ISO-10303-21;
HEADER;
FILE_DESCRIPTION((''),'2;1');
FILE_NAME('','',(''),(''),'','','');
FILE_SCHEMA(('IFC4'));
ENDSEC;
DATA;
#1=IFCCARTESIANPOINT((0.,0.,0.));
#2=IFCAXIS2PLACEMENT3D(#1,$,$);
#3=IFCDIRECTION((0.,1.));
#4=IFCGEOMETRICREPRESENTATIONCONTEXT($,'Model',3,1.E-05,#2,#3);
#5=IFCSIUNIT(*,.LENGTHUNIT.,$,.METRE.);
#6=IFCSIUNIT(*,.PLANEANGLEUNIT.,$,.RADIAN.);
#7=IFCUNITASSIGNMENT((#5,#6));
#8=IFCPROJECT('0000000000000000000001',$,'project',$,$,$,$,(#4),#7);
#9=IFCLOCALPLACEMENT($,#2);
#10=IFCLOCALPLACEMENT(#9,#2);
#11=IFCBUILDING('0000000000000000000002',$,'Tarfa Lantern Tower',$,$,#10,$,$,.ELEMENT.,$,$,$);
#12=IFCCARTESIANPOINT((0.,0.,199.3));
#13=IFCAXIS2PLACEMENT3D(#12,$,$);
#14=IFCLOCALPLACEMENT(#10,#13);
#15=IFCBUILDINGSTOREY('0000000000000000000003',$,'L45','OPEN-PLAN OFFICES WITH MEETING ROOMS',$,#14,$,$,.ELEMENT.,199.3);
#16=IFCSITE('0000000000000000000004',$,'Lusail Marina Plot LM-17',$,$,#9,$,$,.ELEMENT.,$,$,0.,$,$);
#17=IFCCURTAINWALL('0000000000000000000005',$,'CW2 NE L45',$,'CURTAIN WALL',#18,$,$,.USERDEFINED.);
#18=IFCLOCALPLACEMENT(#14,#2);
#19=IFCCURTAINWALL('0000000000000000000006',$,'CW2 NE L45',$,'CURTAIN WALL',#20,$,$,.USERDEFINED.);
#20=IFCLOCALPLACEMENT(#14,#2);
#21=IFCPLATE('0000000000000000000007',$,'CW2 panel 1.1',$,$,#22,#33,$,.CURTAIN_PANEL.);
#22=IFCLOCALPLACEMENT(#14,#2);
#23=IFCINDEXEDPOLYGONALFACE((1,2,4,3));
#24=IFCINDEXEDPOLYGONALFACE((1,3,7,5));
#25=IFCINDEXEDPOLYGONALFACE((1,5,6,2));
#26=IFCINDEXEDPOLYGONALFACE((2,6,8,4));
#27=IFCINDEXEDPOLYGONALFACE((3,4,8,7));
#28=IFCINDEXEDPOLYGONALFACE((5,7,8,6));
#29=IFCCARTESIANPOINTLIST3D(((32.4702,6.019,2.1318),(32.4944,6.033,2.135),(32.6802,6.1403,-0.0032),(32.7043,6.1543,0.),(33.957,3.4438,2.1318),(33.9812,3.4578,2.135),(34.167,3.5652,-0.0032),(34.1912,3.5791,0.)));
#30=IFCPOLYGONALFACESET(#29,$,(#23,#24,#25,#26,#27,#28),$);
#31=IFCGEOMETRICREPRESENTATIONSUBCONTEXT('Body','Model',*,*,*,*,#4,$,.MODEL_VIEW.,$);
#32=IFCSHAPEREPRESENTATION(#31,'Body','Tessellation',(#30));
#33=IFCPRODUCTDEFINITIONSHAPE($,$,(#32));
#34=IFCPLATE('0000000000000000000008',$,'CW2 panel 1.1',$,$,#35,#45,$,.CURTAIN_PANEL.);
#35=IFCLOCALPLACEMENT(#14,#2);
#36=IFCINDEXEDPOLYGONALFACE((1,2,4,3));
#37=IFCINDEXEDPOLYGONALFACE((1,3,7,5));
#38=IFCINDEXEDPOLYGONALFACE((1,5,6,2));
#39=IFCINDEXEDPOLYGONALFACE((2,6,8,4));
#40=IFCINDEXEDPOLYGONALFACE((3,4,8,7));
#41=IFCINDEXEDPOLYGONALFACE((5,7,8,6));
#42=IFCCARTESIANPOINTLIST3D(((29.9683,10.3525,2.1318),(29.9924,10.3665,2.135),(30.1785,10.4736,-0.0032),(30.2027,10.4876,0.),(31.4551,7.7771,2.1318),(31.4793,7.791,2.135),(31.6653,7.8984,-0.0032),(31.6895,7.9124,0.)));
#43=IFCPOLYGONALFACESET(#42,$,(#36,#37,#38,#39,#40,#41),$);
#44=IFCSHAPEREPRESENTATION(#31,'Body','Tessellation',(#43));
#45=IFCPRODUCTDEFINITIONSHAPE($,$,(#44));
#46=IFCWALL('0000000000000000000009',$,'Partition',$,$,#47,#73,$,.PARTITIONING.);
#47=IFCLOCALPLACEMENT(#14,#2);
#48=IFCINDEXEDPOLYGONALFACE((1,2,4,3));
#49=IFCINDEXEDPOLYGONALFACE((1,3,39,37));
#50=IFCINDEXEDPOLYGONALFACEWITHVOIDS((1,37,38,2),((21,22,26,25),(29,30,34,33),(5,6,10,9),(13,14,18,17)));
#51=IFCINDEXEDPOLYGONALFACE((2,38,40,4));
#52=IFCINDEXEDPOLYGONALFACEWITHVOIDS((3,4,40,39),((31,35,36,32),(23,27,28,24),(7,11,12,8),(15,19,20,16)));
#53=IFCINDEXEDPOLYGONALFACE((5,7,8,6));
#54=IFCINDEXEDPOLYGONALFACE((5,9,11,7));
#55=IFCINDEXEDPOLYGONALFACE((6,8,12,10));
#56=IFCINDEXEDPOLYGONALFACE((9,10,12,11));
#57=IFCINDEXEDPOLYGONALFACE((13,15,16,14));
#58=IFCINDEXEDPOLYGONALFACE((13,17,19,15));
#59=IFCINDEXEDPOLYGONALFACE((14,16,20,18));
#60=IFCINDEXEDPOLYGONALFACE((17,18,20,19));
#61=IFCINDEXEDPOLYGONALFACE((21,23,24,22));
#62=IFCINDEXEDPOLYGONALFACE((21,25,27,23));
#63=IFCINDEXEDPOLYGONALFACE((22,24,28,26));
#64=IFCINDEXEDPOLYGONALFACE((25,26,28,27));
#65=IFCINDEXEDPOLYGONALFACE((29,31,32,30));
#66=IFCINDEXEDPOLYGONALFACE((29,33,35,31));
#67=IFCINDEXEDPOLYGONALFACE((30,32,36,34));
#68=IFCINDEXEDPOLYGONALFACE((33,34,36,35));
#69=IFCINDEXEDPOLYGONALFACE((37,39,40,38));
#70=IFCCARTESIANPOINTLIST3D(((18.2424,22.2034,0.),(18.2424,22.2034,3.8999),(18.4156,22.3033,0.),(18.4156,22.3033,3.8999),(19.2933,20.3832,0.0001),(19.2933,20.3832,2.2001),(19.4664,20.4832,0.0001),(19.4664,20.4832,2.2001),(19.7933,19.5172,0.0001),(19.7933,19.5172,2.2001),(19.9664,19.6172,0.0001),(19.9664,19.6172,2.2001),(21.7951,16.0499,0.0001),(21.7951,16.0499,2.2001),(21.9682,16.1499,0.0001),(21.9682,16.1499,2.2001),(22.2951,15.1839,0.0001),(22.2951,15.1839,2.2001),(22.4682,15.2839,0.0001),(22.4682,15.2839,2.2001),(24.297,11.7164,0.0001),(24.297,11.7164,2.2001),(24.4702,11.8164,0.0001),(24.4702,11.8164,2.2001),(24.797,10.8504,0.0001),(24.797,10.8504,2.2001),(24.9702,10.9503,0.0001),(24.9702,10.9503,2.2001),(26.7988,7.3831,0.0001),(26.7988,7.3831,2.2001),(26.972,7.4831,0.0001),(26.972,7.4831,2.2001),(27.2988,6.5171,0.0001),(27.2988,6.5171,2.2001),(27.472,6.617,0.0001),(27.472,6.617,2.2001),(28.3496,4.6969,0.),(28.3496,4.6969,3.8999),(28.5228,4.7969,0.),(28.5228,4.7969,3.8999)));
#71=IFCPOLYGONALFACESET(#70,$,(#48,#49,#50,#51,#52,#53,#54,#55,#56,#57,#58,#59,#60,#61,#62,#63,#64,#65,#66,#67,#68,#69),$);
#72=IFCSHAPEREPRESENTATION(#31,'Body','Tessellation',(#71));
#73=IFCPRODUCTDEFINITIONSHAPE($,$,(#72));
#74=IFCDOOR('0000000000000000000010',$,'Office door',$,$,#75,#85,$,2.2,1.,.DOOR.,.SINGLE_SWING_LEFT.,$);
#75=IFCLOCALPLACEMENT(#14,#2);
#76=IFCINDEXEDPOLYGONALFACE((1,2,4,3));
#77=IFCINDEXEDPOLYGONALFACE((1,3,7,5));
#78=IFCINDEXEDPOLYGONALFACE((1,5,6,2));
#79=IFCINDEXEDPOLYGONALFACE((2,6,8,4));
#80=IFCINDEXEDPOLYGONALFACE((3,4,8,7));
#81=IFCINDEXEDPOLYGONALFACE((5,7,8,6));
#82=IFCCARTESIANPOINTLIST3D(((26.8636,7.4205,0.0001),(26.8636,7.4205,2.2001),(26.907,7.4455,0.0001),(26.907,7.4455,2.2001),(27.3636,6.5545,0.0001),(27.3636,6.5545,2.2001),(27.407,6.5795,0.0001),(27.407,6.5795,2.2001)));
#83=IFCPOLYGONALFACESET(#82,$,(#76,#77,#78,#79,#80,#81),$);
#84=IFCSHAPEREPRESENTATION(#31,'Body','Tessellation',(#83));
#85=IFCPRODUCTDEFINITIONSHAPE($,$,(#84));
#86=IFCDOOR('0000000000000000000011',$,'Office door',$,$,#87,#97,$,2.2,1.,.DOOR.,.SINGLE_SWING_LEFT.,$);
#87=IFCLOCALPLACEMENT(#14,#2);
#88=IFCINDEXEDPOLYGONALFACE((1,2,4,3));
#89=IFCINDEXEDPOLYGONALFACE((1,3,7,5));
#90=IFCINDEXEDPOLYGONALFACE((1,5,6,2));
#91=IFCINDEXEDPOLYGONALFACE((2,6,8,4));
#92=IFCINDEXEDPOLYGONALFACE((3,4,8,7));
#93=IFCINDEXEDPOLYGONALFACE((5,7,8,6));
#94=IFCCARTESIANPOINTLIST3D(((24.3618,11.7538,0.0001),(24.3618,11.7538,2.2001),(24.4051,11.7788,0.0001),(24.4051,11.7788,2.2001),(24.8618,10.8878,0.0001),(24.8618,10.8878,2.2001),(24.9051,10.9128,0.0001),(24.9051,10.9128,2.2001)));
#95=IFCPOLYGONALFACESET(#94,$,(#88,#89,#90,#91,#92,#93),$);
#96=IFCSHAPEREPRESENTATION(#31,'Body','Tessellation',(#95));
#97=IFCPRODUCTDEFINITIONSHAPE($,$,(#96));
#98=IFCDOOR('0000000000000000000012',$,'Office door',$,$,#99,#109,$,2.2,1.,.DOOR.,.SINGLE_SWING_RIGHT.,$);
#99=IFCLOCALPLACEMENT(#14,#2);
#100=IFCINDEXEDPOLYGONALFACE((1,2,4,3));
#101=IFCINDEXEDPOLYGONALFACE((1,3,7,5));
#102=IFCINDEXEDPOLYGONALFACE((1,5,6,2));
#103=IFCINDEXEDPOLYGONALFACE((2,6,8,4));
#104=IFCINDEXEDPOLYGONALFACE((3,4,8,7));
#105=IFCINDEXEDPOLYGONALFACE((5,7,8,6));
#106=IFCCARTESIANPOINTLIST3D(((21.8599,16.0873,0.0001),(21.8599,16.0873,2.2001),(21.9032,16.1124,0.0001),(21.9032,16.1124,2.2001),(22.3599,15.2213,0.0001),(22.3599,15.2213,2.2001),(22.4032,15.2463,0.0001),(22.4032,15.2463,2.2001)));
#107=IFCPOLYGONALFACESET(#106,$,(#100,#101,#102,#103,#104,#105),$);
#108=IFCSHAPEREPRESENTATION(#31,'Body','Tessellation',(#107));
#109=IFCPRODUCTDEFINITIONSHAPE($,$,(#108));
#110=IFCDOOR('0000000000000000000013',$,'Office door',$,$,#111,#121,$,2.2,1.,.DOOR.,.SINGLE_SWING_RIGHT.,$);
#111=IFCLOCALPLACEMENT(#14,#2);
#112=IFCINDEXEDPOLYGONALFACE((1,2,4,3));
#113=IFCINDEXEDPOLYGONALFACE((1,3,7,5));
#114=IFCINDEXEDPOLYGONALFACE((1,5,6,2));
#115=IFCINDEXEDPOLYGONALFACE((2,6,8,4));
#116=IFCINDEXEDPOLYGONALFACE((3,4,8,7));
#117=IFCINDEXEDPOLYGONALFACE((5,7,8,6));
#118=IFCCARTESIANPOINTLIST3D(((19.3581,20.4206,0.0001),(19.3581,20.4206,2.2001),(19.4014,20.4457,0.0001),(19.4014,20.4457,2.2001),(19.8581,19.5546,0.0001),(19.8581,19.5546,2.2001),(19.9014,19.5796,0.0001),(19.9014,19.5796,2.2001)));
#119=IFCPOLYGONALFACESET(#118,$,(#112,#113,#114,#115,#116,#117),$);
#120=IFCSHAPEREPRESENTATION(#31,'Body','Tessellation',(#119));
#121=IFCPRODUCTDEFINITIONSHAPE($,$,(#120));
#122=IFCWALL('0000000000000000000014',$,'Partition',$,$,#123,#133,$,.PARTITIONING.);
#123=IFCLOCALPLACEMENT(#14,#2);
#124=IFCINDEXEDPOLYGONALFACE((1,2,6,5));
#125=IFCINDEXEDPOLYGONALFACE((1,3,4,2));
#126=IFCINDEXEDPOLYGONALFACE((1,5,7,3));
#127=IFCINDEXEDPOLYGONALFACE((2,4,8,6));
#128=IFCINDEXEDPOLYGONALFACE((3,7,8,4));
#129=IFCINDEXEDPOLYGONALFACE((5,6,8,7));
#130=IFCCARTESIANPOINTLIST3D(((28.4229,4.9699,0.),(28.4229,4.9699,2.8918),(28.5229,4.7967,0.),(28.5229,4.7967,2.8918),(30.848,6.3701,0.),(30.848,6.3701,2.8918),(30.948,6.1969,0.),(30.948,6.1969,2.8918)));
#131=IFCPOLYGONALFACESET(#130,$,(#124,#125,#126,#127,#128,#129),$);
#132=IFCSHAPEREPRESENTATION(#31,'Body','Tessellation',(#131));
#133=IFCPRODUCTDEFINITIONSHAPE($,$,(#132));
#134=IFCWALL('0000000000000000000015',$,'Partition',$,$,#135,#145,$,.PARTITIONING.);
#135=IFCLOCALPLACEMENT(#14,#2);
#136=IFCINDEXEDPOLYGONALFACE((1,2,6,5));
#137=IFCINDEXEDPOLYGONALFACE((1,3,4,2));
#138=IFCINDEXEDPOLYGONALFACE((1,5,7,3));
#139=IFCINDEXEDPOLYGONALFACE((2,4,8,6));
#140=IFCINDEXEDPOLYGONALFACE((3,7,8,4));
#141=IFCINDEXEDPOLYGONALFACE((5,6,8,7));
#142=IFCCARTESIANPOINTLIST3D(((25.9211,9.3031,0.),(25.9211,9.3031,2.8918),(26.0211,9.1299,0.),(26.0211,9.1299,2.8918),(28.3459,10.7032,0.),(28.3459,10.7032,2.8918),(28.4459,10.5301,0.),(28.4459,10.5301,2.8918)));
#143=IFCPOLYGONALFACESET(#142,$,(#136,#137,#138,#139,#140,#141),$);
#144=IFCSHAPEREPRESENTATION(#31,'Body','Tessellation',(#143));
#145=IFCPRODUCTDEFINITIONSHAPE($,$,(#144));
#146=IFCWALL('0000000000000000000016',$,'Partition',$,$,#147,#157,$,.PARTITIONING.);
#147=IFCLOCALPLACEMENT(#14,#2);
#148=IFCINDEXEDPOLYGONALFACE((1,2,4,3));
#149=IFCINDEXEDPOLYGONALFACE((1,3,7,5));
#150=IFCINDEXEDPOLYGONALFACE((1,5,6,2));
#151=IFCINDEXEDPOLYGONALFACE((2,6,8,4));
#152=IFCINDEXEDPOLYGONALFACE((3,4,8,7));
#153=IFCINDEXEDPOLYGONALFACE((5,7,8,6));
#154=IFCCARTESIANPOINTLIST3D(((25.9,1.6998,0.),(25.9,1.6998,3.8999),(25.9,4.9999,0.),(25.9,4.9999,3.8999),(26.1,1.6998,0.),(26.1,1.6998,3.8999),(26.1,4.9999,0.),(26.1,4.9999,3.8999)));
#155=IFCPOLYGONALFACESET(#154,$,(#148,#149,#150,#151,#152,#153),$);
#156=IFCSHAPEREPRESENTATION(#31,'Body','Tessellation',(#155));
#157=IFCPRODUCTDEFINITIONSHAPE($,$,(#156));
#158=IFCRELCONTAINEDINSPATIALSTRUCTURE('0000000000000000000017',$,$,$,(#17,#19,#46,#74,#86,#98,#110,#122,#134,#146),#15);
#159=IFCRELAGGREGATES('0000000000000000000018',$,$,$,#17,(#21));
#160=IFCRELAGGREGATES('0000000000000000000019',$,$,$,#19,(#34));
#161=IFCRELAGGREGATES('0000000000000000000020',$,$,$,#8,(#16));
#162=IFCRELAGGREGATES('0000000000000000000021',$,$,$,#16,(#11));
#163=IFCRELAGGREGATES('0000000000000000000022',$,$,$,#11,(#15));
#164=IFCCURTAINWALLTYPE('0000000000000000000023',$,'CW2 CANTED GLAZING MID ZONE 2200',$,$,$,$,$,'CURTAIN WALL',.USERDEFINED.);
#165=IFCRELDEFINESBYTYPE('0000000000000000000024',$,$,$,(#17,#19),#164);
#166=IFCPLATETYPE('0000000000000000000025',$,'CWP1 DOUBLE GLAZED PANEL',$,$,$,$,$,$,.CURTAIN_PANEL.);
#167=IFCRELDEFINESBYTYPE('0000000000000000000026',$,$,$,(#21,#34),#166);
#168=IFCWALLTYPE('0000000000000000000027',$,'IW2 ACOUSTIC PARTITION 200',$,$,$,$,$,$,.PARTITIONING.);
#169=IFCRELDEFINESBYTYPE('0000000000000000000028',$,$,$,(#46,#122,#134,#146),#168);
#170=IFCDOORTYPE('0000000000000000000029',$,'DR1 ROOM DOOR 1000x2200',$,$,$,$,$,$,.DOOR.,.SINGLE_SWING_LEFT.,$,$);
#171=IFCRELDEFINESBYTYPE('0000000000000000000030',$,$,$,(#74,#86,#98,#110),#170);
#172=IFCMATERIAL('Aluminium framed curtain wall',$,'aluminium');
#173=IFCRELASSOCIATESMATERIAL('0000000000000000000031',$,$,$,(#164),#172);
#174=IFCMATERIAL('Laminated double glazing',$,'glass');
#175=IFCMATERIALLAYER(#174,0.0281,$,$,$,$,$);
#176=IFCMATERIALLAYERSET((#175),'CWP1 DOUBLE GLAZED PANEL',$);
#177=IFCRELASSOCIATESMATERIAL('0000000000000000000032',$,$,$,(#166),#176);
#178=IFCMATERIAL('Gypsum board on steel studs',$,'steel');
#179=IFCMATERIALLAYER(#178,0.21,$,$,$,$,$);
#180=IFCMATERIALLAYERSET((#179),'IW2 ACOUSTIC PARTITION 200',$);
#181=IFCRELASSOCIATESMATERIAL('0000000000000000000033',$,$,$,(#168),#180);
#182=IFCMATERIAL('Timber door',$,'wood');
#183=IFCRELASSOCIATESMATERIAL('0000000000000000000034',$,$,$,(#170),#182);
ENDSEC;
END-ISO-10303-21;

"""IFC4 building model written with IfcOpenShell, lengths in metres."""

from ifc_helpers import new_model, si_unit, direction, frame, frame_2d, origin, place, context, subcontext, project, spatial, polyline, rectangle, outline, extrude, material, layer, layer_set, type_object, element, fill, aggregate, save


model = new_model("IFC4")

# Units and contexts
model_context = context("Model", 3, precision=1e-05, world=origin(), true_north=direction((0.0, 1.0)))
body_context = subcontext(model_context, "Body", "Model", "MODEL_VIEW")
ifc_project = project(units=[si_unit("LENGTHUNIT", "METRE"), si_unit("PLANEANGLEUNIT", "RADIAN")], contexts=[model_context])

# Site, building, storey
site_placement = place(None, origin())
site = spatial("IfcSite", under=ifc_project, at=site_placement, Name="Lusail Marina Plot LM-17", CompositionType="ELEMENT", RefElevation=0.0)
building_placement = place(site_placement, origin())
building = spatial("IfcBuilding", under=site, at=building_placement, Name="Tarfa Lantern Tower", CompositionType="ELEMENT")
storey_placement = place(building_placement, frame((0.0, 0.0, 199.3)))
storey = spatial("IfcBuildingStorey", under=building, at=storey_placement, Name="L45", Description="OPEN-PLAN OFFICES WITH MEETING ROOMS", CompositionType="ELEMENT", Elevation=199.3)

# Curtain walls
ifc_material_1 = material(Name="Aluminium framed curtain wall", Category="aluminium")
curtain_wall_type_1 = type_object("IfcCurtainWallType", Name="CW2 CANTED GLAZING MID ZONE 2200", ElementType="CURTAIN WALL", PredefinedType="USERDEFINED", material=ifc_material_1)
curtain_wall_1_placement = place(storey_placement, origin())
curtain_wall_1 = element("IfcCurtainWall", 1, at=curtain_wall_1_placement, inside=storey, type_object=curtain_wall_type_1, Name="CW2 NE L45", ObjectType="CURTAIN WALL", PredefinedType="USERDEFINED")
curtain_wall_2_placement = place(storey_placement, origin())
curtain_wall_2 = element("IfcCurtainWall", 2, at=curtain_wall_2_placement, inside=storey, type_object=curtain_wall_type_1, Name="CW2 NE L45", ObjectType="CURTAIN WALL", PredefinedType="USERDEFINED")

# Plates
ifc_material_2 = material(Name="Laminated double glazing", Category="glass")
ifc_layer_1 = layer(ifc_material_2, 0.0281)
ifc_layer_set_1 = layer_set([ifc_layer_1], Name="CWP1 DOUBLE GLAZED PANEL")
plate_type = type_object("IfcPlateType", Name="CWP1 DOUBLE GLAZED PANEL", PredefinedType="CURTAIN_PANEL", material=ifc_layer_set_1)
plate_1_placement = place(storey_placement, frame((34.1912, 3.5791, 0.0), z_axis=(0.860489, 0.496812, 0.112857), x_axis=(-0.500007, 0.866022, 0.0)))
plate_1 = element("IfcPlate", 3, at=plate_1_placement, type_object=plate_type, Name="CW2 panel 1.1", PredefinedType="CURTAIN_PANEL", context=body_context, shape_type="SweptSolid", body=[
    extrude(outline(polyline([(0.0, 0.0), (2.9736, 0.0), (2.9735, 2.1487), (-0.0001, 2.1487), (0.0, 0.0)])), origin(), (0.0, 0.0, -1.0), 0.0281),
])
aggregate(curtain_wall_1, [plate_1])
plate_2_placement = place(storey_placement, frame((31.6895, 7.9124, 0.0), z_axis=(0.860492, 0.496791, 0.112926), x_axis=(-0.499989, 0.866032, 0.000002)))
plate_2 = element("IfcPlate", 4, at=plate_2_placement, type_object=plate_type, Name="CW2 panel 1.1", PredefinedType="CURTAIN_PANEL", context=body_context, shape_type="SweptSolid", body=[
    extrude(outline(polyline([(0.0, 0.0), (2.9736, 0.0), (2.9738, 2.1487), (0.0, 2.1488), (0.0, 0.0)])), origin(), (0.0, 0.0, -1.0), 0.0281),
])
aggregate(curtain_wall_2, [plate_2])

# Wall, openings, doors
ifc_material_3 = material(Name="Gypsum board on steel studs", Category="steel")
ifc_layer_2 = layer(ifc_material_3, 0.21)
ifc_layer_set_2 = layer_set([ifc_layer_2], Name="IW2 ACOUSTIC PARTITION 200")
wall_type = type_object("IfcWallType", Name="IW2 ACOUSTIC PARTITION 200", PredefinedType="PARTITIONING", material=ifc_layer_set_2)
wall_1_placement = place(storey_placement, frame((28.4363, 4.7468, 0.0), z_axis=(0.0, 0.0, 1.0), x_axis=(-0.499996, 0.866028, 0.0)))
wall_1 = element("IfcWall", 5, at=wall_1_placement, inside=storey, type_object=wall_type, Name="Partition", PredefinedType="PARTITIONING", context=body_context, shape_type="SweptSolid", body=[
    extrude(rectangle(XDim=20.2146, YDim=0.2, at=frame_2d((10.1074, 0.0))), origin(), (0.0, 0.0, 1.0), 3.8999),
])
opening_1_placement = place(wall_1_placement, frame((2.1018, 0.0, 0.0)))
opening_1 = element("IfcOpeningElement", 6, at=opening_1_placement, cuts=wall_1, PredefinedType="OPENING", context=body_context, shape_type="SweptSolid", body=[
    extrude(rectangle(XDim=1.0, YDim=2.2, at=frame_2d((0.5, 1.1001))), frame((0.0, 0.1099, 0.0), z_axis=(0.0, -1.0, 0.0), x_axis=(1.0, 0.0, 0.0)), (0.0, 0.0, 1.0), 0.22),
])
opening_2_placement = place(wall_1_placement, frame((7.1055, 0.0, 0.0)))
opening_2 = element("IfcOpeningElement", 7, at=opening_2_placement, cuts=wall_1, PredefinedType="OPENING", context=body_context, shape_type="SweptSolid", body=[
    extrude(rectangle(XDim=1.0, YDim=2.2, at=frame_2d((0.5, 1.1001))), frame((0.0, 0.1099, 0.0), z_axis=(0.0, -1.0, 0.0), x_axis=(1.0, 0.0, 0.0)), (0.0, 0.0, 1.0), 0.22),
])
opening_3_placement = place(wall_1_placement, frame((12.1094, 0.0, 0.0)))
opening_3 = element("IfcOpeningElement", 8, at=opening_3_placement, cuts=wall_1, PredefinedType="OPENING", context=body_context, shape_type="SweptSolid", body=[
    extrude(rectangle(XDim=1.0, YDim=2.2, at=frame_2d((0.5, 1.1001))), frame((0.0, 0.1099, 0.0), z_axis=(0.0, -1.0, 0.0), x_axis=(1.0, 0.0, 0.0)), (0.0, 0.0, 1.0), 0.22),
])
opening_4_placement = place(wall_1_placement, frame((17.113, 0.0, 0.0)))
opening_4 = element("IfcOpeningElement", 9, at=opening_4_placement, cuts=wall_1, PredefinedType="OPENING", context=body_context, shape_type="SweptSolid", body=[
    extrude(rectangle(XDim=1.0, YDim=2.2, at=frame_2d((0.5, 1.1001))), frame((0.0, 0.1099, 0.0), z_axis=(0.0, -1.0, 0.0), x_axis=(1.0, 0.0, 0.0)), (0.0, 0.0, 1.0), 0.22),
])
ifc_material_4 = material(Name="Timber door", Category="wood")
door_type = type_object("IfcDoorType", Name="DR1 ROOM DOOR 1000x2200", OperationType="SINGLE_SWING_LEFT", PredefinedType="DOOR", material=ifc_material_4)
door_1_placement = place(opening_1_placement, frame((1.0, 0.0, 0.0), z_axis=(0.0, 0.0, 1.0), x_axis=(-1.0, 0.0, 0.0)))
door_1 = element("IfcDoor", 10, at=door_1_placement, inside=storey, type_object=door_type, Name="Office door", OperationType="SINGLE_SWING_LEFT", OverallHeight=2.2, OverallWidth=1.0, PredefinedType="DOOR", context=body_context, shape_type="SweptSolid", body=[
    extrude(rectangle(XDim=1.0, YDim=2.2, at=frame_2d((0.5, 1.1001))), frame((0.0, 0.0249, 0.0), z_axis=(0.0, -1.0, 0.0), x_axis=(1.0, 0.0, 0.0)), (0.0, 0.0, 1.0), 0.05),
])
fill(opening_1, door_1)
door_2_placement = place(opening_2_placement, frame((1.0, 0.0, 0.0), z_axis=(0.0, 0.0, 1.0), x_axis=(-1.0, 0.0, 0.0)))
door_2 = element("IfcDoor", 11, at=door_2_placement, inside=storey, type_object=door_type, Name="Office door", OperationType="SINGLE_SWING_LEFT", OverallHeight=2.2, OverallWidth=1.0, PredefinedType="DOOR", context=body_context, shape_type="SweptSolid", body=[
    extrude(rectangle(XDim=1.0, YDim=2.2, at=frame_2d((0.5, 1.1001))), frame((0.0, 0.0249, 0.0), z_axis=(0.0, -1.0, 0.0), x_axis=(1.0, 0.0, 0.0)), (0.0, 0.0, 1.0), 0.05),
])
fill(opening_2, door_2)
door_3_placement = place(opening_3_placement, frame((1.0, 0.0, 0.0), z_axis=(0.0, 0.0, 1.0), x_axis=(-1.0, 0.0, 0.0)))
door_3 = element("IfcDoor", 12, at=door_3_placement, inside=storey, type_object=door_type, Name="Office door", OperationType="SINGLE_SWING_RIGHT", OverallHeight=2.2, OverallWidth=1.0, PredefinedType="DOOR", context=body_context, shape_type="SweptSolid", body=[
    extrude(rectangle(XDim=1.0, YDim=2.2, at=frame_2d((0.5, 1.1001))), frame((0.0, 0.0249, 0.0), z_axis=(0.0, -1.0, 0.0), x_axis=(1.0, 0.0, 0.0)), (0.0, 0.0, 1.0), 0.05),
])
fill(opening_3, door_3)
door_4_placement = place(opening_4_placement, frame((1.0, 0.0, 0.0), z_axis=(0.0, 0.0, 1.0), x_axis=(-1.0, 0.0, 0.0)))
door_4 = element("IfcDoor", 13, at=door_4_placement, inside=storey, type_object=door_type, Name="Office door", OperationType="SINGLE_SWING_RIGHT", OverallHeight=2.2, OverallWidth=1.0, PredefinedType="DOOR", context=body_context, shape_type="SweptSolid", body=[
    extrude(rectangle(XDim=1.0, YDim=2.2, at=frame_2d((0.5, 1.1001))), frame((0.0, 0.0249, 0.0), z_axis=(0.0, -1.0, 0.0), x_axis=(1.0, 0.0, 0.0)), (0.0, 0.0, 1.0), 0.05),
])
fill(opening_4, door_4)

# Walls
wall_2_placement = place(storey_placement, frame((28.4729, 4.8833, 0.0), z_axis=(0.0, 0.0, 1.0), x_axis=(0.866019, 0.500012, 0.0)))
element("IfcWall", 14, at=wall_2_placement, inside=storey, type_object=wall_type, Name="Partition", PredefinedType="PARTITIONING", context=body_context, shape_type="SweptSolid", body=[
    extrude(rectangle(XDim=2.8003, YDim=0.2, at=frame_2d((1.4001, 0.0))), origin(), (0.0, 0.0, 1.0), 2.8918),
])
wall_3_placement = place(storey_placement, frame((25.9712, 9.2166, 0.0), z_axis=(0.0, 0.0, 1.0), x_axis=(0.865997, 0.50005, 0.0)))
element("IfcWall", 15, at=wall_3_placement, inside=storey, type_object=wall_type, Name="Partition", PredefinedType="PARTITIONING", context=body_context, shape_type="SweptSolid", body=[
    extrude(rectangle(XDim=2.8, YDim=0.2, at=frame_2d((1.3999, 0.0))), origin(), (0.0, 0.0, 1.0), 2.8918),
])
wall_4_placement = place(storey_placement, frame((26.0, 1.7, 0.0), z_axis=(0.0, 0.0, 1.0), x_axis=(0.0, 1.0, 0.0)))
element("IfcWall", 16, at=wall_4_placement, inside=storey, type_object=wall_type, Name="Partition", PredefinedType="PARTITIONING", context=body_context, shape_type="SweptSolid", body=[
    extrude(rectangle(XDim=3.3, YDim=0.2, at=frame_2d((1.6499, 0.0))), origin(), (0.0, 0.0, 1.0), 3.8999),
])

save(model, "model.ifc")
